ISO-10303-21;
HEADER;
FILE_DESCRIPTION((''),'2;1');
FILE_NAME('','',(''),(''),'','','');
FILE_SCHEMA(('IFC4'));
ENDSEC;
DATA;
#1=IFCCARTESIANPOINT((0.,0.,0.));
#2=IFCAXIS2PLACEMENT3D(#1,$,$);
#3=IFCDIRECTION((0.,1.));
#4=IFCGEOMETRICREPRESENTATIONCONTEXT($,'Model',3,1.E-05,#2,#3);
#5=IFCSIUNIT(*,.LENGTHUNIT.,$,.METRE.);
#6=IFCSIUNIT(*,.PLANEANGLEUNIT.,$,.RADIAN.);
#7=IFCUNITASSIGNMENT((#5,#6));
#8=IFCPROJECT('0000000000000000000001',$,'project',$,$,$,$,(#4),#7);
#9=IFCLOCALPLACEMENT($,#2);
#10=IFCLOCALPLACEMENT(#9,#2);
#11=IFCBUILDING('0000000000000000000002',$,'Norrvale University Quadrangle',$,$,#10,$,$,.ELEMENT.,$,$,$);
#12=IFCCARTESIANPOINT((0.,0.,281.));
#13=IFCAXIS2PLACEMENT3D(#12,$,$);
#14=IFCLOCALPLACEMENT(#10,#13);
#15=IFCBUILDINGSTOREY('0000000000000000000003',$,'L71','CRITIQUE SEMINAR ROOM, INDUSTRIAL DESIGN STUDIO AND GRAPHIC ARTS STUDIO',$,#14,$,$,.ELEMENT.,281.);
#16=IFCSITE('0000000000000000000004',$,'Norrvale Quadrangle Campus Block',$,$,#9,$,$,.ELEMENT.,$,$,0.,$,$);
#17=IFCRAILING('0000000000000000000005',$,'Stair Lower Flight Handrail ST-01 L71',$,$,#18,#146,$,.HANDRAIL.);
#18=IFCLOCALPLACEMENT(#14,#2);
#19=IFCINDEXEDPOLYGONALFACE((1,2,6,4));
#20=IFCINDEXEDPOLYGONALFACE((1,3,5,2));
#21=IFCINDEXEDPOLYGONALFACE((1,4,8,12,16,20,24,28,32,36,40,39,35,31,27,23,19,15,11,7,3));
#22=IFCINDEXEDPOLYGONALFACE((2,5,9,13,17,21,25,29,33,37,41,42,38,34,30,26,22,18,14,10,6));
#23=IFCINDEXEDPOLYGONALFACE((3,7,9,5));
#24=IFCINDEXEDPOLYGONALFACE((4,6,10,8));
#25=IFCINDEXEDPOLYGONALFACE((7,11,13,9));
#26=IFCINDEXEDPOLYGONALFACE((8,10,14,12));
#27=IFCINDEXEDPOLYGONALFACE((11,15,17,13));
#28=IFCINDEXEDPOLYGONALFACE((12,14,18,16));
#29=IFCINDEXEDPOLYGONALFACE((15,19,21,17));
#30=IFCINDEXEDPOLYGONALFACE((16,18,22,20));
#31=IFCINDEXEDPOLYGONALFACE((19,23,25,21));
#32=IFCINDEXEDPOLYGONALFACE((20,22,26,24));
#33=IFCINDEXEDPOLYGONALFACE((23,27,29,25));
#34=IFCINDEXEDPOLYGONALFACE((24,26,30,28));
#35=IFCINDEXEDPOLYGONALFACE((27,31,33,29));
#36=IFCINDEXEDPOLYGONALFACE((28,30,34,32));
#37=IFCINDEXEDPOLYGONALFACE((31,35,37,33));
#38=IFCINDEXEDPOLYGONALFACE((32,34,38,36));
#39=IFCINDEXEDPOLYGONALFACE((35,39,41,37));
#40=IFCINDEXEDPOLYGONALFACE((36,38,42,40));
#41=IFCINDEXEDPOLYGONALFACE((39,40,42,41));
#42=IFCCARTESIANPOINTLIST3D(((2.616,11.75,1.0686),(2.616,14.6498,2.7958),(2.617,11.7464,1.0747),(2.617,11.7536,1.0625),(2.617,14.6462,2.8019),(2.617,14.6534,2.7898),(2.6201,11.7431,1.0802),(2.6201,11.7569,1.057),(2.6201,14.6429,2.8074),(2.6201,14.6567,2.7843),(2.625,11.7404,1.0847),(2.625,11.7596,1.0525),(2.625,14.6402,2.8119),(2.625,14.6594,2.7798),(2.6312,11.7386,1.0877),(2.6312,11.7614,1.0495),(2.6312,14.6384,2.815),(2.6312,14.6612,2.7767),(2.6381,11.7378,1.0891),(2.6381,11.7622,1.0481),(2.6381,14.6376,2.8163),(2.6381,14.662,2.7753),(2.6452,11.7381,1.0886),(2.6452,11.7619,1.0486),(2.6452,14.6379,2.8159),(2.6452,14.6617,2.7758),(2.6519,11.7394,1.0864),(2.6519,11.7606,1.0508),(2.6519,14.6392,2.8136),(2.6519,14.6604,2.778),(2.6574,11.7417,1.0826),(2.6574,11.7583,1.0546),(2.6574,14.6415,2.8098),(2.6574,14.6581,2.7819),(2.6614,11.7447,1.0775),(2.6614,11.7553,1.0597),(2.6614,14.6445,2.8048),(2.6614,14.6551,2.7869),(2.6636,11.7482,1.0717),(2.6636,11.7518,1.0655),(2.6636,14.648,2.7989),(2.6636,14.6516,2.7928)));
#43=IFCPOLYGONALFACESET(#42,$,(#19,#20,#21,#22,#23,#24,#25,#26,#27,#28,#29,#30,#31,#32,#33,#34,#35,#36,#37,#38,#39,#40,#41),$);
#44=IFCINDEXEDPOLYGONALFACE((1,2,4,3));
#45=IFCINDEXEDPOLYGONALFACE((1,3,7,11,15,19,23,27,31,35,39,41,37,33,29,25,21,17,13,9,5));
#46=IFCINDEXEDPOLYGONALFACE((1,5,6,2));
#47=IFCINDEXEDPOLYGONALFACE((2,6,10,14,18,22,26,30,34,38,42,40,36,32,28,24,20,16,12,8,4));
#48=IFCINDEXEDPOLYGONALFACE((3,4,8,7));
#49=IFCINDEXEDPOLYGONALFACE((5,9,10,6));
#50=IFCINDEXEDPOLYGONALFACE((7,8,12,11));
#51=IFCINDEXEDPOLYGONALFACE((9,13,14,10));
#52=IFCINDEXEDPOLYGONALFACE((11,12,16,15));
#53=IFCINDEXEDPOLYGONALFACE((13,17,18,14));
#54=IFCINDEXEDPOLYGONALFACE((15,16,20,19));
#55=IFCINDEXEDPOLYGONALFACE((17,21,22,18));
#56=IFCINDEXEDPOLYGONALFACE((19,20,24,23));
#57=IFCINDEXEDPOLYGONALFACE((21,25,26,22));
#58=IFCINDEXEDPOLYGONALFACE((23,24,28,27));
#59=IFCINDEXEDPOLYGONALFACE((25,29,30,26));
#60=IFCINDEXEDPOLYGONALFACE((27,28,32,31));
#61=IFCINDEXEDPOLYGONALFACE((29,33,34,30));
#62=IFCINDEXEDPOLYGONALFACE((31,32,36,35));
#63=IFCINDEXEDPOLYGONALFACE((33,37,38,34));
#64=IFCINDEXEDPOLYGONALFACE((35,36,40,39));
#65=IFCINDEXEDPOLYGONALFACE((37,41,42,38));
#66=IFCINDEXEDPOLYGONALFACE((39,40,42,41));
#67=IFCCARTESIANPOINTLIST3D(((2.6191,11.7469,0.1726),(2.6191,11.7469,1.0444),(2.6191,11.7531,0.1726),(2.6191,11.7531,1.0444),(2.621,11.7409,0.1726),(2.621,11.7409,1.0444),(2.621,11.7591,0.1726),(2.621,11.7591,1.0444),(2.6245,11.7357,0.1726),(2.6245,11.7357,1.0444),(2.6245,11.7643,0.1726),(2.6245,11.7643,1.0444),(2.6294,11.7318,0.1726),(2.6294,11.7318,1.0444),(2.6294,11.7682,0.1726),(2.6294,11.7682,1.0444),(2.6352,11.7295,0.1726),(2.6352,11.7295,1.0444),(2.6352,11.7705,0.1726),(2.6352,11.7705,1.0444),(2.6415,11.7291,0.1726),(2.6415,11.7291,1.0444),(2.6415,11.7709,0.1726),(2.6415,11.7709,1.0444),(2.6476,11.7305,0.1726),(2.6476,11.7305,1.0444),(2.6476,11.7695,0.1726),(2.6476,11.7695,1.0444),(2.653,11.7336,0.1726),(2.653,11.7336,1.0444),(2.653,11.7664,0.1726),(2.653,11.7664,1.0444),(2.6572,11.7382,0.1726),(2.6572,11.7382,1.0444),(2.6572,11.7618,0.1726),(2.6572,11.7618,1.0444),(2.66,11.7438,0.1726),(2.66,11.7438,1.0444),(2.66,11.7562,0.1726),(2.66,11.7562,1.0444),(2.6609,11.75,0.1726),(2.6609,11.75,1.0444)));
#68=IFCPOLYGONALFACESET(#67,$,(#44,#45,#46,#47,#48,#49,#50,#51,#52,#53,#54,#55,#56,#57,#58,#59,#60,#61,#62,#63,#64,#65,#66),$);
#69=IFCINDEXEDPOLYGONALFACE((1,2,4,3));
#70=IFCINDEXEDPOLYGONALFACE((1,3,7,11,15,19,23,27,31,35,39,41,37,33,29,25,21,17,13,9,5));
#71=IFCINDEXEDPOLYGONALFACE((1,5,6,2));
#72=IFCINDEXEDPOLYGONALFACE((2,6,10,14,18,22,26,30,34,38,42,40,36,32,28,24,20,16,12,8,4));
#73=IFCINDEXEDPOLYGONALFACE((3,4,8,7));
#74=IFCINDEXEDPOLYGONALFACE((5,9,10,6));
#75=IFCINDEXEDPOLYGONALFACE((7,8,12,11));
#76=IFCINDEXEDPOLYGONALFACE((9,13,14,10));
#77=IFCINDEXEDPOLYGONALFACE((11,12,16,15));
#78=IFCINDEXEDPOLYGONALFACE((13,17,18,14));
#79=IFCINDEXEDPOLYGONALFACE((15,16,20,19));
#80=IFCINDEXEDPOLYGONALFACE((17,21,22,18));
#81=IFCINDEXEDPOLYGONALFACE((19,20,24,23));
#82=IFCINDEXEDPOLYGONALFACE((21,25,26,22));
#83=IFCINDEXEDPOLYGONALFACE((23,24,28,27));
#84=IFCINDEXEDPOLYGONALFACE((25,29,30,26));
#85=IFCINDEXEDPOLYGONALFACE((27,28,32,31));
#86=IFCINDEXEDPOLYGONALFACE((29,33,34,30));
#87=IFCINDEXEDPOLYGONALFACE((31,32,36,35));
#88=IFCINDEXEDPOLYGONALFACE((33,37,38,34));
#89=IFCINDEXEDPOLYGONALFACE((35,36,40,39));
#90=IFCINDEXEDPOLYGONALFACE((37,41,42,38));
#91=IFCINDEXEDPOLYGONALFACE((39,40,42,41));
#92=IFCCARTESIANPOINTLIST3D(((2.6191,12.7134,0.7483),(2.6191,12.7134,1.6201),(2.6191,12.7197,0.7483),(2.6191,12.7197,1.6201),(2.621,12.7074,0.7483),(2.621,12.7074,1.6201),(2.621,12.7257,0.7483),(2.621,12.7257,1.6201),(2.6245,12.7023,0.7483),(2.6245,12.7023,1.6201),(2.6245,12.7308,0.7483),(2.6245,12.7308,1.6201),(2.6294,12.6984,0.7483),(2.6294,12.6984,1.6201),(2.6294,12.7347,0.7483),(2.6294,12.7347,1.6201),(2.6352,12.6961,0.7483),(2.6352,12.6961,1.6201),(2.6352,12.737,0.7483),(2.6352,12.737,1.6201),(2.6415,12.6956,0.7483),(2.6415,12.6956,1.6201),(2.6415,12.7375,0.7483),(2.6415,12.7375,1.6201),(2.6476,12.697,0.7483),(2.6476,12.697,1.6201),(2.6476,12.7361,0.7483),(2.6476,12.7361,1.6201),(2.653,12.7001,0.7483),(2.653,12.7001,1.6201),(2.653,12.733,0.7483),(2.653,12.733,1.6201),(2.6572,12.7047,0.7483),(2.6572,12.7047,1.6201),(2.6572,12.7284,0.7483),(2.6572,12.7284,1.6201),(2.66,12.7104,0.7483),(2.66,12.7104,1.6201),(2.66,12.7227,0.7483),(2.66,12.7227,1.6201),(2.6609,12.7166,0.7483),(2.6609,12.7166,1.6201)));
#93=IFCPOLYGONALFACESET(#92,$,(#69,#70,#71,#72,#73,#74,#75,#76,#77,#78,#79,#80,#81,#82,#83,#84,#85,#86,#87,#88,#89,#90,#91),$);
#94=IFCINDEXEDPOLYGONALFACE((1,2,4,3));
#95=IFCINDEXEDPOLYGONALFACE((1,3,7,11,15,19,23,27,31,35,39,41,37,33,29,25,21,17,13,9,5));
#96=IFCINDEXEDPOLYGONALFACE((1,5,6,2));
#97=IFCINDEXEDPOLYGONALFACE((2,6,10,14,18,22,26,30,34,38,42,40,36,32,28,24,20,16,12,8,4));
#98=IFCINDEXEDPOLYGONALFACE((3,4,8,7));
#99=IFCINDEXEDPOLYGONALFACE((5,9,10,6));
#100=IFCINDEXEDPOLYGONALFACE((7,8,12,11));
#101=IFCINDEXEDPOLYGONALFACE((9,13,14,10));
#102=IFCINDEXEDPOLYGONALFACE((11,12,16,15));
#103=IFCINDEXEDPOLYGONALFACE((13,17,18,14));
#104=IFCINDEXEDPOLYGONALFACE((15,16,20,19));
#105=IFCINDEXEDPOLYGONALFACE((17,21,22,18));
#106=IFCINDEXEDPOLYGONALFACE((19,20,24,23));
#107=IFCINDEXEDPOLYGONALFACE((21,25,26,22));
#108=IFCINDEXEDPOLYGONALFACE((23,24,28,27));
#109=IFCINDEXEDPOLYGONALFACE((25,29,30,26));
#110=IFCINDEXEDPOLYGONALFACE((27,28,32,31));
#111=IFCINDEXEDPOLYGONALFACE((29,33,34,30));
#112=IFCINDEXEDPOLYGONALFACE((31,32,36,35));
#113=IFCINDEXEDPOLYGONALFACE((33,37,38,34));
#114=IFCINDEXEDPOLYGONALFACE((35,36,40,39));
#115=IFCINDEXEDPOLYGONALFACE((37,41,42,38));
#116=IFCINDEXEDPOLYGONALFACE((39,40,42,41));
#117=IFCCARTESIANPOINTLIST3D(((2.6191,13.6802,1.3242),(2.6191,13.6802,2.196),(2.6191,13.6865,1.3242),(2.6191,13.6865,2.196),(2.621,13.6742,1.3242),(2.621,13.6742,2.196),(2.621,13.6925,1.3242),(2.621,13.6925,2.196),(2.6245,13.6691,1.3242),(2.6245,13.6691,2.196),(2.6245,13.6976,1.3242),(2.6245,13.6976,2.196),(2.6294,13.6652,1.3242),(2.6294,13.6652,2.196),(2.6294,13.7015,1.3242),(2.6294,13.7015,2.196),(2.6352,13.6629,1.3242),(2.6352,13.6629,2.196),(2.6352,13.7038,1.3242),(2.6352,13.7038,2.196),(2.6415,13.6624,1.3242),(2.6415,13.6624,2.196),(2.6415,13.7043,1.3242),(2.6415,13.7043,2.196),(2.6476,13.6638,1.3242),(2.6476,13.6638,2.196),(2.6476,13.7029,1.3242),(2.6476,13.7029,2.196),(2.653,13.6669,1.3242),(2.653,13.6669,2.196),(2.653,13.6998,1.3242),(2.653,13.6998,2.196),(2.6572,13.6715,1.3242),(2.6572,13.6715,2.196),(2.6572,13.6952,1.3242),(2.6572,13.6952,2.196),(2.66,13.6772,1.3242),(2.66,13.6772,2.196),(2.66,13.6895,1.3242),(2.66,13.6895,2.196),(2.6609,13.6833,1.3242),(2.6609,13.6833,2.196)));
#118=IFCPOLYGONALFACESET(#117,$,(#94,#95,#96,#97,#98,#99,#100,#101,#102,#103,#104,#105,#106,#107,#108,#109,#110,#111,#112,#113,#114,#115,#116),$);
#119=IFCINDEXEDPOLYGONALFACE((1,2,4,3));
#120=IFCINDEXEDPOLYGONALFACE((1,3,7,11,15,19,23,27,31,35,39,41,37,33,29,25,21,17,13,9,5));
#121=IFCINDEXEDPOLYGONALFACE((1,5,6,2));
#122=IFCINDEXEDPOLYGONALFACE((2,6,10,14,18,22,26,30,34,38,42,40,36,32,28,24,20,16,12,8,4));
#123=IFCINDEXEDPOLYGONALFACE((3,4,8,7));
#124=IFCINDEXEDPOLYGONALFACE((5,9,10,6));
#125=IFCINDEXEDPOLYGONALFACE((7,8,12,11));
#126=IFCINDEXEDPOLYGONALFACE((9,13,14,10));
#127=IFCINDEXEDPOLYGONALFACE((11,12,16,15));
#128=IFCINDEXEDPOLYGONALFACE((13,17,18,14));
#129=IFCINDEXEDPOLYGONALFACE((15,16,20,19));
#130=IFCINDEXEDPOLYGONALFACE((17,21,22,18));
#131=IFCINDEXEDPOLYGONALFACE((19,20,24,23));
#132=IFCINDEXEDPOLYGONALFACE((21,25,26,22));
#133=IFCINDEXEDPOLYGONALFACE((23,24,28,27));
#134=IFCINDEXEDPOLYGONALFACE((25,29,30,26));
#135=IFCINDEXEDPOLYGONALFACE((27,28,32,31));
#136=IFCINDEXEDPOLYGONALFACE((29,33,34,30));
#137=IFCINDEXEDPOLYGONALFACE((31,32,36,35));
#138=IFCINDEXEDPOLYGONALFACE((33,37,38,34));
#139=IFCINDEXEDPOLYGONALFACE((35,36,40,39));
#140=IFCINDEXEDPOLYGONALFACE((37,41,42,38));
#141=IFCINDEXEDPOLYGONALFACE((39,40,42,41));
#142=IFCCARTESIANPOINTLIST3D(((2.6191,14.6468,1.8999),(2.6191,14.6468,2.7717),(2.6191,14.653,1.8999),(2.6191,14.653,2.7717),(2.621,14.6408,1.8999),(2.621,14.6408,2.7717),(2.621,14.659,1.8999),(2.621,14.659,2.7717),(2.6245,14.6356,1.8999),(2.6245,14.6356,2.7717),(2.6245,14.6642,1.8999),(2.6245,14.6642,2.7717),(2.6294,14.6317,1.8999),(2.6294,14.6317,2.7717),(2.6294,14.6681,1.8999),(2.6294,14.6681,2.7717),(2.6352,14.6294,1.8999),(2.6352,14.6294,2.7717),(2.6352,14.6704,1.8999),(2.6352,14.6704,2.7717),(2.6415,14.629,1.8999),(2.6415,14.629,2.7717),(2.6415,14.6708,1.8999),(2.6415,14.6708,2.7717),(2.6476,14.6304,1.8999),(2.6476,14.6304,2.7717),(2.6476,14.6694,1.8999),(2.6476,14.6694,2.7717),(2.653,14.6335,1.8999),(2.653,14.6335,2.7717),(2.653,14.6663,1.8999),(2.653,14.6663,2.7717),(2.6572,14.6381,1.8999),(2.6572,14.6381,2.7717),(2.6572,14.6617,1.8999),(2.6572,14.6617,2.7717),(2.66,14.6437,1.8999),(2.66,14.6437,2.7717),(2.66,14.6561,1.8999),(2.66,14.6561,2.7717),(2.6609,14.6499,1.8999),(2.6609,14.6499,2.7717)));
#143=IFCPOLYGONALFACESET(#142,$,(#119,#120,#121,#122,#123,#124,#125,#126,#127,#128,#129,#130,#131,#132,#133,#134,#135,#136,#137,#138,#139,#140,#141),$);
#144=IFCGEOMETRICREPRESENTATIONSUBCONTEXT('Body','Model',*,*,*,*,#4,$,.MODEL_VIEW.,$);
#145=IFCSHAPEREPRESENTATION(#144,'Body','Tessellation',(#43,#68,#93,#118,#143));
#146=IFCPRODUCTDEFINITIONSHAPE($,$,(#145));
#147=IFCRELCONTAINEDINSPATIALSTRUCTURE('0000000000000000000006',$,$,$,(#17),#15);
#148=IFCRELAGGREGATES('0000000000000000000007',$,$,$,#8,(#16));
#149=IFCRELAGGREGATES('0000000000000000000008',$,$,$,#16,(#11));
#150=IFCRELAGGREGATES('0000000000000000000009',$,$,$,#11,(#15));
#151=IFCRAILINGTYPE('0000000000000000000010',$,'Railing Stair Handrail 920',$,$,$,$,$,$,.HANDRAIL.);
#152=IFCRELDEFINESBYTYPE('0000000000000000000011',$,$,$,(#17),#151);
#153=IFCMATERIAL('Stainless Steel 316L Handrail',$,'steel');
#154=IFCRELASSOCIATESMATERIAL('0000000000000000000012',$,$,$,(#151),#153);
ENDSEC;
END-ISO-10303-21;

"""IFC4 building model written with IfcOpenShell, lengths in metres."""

from ifc_helpers import new_model, si_unit, direction, frame, origin, origin_2d, place, context, subcontext, project, spatial, circle, extrude, material, type_object, element, save


model = new_model("IFC4")

# Units and contexts
model_context = context("Model", 3, precision=1e-05, world=origin(), true_north=direction((0.0, 1.0)))
body_context = subcontext(model_context, "Body", "Model", "MODEL_VIEW")
ifc_project = project(units=[si_unit("LENGTHUNIT", "METRE"), si_unit("PLANEANGLEUNIT", "RADIAN")], contexts=[model_context])

# Site, building, storey
site_placement = place(None, origin())
site = spatial("IfcSite", under=ifc_project, at=site_placement, Name="Norrvale Quadrangle Campus Block", CompositionType="ELEMENT", RefElevation=0.0)
building_placement = place(site_placement, origin())
building = spatial("IfcBuilding", under=site, at=building_placement, Name="Norrvale University Quadrangle", CompositionType="ELEMENT")
storey_placement = place(building_placement, frame((0.0, 0.0, 281.0)))
storey = spatial("IfcBuildingStorey", under=building, at=storey_placement, Name="L71", Description="CRITIQUE SEMINAR ROOM, INDUSTRIAL DESIGN STUDIO AND GRAPHIC ARTS STUDIO", CompositionType="ELEMENT", Elevation=281.0)

# Railing
ifc_material_1 = material(Name="Stainless Steel 316L Handrail", Category="steel")
railing_type_1 = type_object("IfcRailingType", Name="Railing Stair Handrail 920", PredefinedType="HANDRAIL", material=ifc_material_1)
railing_1_placement = place(storey_placement, frame((2.6399, 11.75, 0.1726)))
element("IfcRailing", 1, at=railing_1_placement, inside=storey, type_object=railing_type_1, Name="Stair Lower Flight Handrail ST-01 L71", PredefinedType="HANDRAIL", context=body_context, shape_type="SweptSolid", body=[
    extrude(circle(Radius=0.0239, at=origin_2d()), frame((0.0, 0.0, 0.896), z_axis=(0.0, 0.859141, 0.511738), x_axis=(-1.0, 0.0, 0.0)), (0.0, 0.0, 1.0), 3.3752),
    extrude(circle(Radius=0.021, at=origin_2d()), origin(), (0.0, 0.0, 1.0), 0.8718),
    extrude(circle(Radius=0.021, at=origin_2d()), frame((0.0, 0.9666, 0.5757)), (0.0, 0.0, 1.0), 0.8718),
    extrude(circle(Radius=0.021, at=origin_2d()), frame((0.0, 1.9333, 1.1516)), (0.0, 0.0, 1.0), 0.8718),
    extrude(circle(Radius=0.021, at=origin_2d()), frame((0.0, 2.8999, 1.7273)), (0.0, 0.0, 1.0), 0.8718),
])

save(model, "model.ifc")
